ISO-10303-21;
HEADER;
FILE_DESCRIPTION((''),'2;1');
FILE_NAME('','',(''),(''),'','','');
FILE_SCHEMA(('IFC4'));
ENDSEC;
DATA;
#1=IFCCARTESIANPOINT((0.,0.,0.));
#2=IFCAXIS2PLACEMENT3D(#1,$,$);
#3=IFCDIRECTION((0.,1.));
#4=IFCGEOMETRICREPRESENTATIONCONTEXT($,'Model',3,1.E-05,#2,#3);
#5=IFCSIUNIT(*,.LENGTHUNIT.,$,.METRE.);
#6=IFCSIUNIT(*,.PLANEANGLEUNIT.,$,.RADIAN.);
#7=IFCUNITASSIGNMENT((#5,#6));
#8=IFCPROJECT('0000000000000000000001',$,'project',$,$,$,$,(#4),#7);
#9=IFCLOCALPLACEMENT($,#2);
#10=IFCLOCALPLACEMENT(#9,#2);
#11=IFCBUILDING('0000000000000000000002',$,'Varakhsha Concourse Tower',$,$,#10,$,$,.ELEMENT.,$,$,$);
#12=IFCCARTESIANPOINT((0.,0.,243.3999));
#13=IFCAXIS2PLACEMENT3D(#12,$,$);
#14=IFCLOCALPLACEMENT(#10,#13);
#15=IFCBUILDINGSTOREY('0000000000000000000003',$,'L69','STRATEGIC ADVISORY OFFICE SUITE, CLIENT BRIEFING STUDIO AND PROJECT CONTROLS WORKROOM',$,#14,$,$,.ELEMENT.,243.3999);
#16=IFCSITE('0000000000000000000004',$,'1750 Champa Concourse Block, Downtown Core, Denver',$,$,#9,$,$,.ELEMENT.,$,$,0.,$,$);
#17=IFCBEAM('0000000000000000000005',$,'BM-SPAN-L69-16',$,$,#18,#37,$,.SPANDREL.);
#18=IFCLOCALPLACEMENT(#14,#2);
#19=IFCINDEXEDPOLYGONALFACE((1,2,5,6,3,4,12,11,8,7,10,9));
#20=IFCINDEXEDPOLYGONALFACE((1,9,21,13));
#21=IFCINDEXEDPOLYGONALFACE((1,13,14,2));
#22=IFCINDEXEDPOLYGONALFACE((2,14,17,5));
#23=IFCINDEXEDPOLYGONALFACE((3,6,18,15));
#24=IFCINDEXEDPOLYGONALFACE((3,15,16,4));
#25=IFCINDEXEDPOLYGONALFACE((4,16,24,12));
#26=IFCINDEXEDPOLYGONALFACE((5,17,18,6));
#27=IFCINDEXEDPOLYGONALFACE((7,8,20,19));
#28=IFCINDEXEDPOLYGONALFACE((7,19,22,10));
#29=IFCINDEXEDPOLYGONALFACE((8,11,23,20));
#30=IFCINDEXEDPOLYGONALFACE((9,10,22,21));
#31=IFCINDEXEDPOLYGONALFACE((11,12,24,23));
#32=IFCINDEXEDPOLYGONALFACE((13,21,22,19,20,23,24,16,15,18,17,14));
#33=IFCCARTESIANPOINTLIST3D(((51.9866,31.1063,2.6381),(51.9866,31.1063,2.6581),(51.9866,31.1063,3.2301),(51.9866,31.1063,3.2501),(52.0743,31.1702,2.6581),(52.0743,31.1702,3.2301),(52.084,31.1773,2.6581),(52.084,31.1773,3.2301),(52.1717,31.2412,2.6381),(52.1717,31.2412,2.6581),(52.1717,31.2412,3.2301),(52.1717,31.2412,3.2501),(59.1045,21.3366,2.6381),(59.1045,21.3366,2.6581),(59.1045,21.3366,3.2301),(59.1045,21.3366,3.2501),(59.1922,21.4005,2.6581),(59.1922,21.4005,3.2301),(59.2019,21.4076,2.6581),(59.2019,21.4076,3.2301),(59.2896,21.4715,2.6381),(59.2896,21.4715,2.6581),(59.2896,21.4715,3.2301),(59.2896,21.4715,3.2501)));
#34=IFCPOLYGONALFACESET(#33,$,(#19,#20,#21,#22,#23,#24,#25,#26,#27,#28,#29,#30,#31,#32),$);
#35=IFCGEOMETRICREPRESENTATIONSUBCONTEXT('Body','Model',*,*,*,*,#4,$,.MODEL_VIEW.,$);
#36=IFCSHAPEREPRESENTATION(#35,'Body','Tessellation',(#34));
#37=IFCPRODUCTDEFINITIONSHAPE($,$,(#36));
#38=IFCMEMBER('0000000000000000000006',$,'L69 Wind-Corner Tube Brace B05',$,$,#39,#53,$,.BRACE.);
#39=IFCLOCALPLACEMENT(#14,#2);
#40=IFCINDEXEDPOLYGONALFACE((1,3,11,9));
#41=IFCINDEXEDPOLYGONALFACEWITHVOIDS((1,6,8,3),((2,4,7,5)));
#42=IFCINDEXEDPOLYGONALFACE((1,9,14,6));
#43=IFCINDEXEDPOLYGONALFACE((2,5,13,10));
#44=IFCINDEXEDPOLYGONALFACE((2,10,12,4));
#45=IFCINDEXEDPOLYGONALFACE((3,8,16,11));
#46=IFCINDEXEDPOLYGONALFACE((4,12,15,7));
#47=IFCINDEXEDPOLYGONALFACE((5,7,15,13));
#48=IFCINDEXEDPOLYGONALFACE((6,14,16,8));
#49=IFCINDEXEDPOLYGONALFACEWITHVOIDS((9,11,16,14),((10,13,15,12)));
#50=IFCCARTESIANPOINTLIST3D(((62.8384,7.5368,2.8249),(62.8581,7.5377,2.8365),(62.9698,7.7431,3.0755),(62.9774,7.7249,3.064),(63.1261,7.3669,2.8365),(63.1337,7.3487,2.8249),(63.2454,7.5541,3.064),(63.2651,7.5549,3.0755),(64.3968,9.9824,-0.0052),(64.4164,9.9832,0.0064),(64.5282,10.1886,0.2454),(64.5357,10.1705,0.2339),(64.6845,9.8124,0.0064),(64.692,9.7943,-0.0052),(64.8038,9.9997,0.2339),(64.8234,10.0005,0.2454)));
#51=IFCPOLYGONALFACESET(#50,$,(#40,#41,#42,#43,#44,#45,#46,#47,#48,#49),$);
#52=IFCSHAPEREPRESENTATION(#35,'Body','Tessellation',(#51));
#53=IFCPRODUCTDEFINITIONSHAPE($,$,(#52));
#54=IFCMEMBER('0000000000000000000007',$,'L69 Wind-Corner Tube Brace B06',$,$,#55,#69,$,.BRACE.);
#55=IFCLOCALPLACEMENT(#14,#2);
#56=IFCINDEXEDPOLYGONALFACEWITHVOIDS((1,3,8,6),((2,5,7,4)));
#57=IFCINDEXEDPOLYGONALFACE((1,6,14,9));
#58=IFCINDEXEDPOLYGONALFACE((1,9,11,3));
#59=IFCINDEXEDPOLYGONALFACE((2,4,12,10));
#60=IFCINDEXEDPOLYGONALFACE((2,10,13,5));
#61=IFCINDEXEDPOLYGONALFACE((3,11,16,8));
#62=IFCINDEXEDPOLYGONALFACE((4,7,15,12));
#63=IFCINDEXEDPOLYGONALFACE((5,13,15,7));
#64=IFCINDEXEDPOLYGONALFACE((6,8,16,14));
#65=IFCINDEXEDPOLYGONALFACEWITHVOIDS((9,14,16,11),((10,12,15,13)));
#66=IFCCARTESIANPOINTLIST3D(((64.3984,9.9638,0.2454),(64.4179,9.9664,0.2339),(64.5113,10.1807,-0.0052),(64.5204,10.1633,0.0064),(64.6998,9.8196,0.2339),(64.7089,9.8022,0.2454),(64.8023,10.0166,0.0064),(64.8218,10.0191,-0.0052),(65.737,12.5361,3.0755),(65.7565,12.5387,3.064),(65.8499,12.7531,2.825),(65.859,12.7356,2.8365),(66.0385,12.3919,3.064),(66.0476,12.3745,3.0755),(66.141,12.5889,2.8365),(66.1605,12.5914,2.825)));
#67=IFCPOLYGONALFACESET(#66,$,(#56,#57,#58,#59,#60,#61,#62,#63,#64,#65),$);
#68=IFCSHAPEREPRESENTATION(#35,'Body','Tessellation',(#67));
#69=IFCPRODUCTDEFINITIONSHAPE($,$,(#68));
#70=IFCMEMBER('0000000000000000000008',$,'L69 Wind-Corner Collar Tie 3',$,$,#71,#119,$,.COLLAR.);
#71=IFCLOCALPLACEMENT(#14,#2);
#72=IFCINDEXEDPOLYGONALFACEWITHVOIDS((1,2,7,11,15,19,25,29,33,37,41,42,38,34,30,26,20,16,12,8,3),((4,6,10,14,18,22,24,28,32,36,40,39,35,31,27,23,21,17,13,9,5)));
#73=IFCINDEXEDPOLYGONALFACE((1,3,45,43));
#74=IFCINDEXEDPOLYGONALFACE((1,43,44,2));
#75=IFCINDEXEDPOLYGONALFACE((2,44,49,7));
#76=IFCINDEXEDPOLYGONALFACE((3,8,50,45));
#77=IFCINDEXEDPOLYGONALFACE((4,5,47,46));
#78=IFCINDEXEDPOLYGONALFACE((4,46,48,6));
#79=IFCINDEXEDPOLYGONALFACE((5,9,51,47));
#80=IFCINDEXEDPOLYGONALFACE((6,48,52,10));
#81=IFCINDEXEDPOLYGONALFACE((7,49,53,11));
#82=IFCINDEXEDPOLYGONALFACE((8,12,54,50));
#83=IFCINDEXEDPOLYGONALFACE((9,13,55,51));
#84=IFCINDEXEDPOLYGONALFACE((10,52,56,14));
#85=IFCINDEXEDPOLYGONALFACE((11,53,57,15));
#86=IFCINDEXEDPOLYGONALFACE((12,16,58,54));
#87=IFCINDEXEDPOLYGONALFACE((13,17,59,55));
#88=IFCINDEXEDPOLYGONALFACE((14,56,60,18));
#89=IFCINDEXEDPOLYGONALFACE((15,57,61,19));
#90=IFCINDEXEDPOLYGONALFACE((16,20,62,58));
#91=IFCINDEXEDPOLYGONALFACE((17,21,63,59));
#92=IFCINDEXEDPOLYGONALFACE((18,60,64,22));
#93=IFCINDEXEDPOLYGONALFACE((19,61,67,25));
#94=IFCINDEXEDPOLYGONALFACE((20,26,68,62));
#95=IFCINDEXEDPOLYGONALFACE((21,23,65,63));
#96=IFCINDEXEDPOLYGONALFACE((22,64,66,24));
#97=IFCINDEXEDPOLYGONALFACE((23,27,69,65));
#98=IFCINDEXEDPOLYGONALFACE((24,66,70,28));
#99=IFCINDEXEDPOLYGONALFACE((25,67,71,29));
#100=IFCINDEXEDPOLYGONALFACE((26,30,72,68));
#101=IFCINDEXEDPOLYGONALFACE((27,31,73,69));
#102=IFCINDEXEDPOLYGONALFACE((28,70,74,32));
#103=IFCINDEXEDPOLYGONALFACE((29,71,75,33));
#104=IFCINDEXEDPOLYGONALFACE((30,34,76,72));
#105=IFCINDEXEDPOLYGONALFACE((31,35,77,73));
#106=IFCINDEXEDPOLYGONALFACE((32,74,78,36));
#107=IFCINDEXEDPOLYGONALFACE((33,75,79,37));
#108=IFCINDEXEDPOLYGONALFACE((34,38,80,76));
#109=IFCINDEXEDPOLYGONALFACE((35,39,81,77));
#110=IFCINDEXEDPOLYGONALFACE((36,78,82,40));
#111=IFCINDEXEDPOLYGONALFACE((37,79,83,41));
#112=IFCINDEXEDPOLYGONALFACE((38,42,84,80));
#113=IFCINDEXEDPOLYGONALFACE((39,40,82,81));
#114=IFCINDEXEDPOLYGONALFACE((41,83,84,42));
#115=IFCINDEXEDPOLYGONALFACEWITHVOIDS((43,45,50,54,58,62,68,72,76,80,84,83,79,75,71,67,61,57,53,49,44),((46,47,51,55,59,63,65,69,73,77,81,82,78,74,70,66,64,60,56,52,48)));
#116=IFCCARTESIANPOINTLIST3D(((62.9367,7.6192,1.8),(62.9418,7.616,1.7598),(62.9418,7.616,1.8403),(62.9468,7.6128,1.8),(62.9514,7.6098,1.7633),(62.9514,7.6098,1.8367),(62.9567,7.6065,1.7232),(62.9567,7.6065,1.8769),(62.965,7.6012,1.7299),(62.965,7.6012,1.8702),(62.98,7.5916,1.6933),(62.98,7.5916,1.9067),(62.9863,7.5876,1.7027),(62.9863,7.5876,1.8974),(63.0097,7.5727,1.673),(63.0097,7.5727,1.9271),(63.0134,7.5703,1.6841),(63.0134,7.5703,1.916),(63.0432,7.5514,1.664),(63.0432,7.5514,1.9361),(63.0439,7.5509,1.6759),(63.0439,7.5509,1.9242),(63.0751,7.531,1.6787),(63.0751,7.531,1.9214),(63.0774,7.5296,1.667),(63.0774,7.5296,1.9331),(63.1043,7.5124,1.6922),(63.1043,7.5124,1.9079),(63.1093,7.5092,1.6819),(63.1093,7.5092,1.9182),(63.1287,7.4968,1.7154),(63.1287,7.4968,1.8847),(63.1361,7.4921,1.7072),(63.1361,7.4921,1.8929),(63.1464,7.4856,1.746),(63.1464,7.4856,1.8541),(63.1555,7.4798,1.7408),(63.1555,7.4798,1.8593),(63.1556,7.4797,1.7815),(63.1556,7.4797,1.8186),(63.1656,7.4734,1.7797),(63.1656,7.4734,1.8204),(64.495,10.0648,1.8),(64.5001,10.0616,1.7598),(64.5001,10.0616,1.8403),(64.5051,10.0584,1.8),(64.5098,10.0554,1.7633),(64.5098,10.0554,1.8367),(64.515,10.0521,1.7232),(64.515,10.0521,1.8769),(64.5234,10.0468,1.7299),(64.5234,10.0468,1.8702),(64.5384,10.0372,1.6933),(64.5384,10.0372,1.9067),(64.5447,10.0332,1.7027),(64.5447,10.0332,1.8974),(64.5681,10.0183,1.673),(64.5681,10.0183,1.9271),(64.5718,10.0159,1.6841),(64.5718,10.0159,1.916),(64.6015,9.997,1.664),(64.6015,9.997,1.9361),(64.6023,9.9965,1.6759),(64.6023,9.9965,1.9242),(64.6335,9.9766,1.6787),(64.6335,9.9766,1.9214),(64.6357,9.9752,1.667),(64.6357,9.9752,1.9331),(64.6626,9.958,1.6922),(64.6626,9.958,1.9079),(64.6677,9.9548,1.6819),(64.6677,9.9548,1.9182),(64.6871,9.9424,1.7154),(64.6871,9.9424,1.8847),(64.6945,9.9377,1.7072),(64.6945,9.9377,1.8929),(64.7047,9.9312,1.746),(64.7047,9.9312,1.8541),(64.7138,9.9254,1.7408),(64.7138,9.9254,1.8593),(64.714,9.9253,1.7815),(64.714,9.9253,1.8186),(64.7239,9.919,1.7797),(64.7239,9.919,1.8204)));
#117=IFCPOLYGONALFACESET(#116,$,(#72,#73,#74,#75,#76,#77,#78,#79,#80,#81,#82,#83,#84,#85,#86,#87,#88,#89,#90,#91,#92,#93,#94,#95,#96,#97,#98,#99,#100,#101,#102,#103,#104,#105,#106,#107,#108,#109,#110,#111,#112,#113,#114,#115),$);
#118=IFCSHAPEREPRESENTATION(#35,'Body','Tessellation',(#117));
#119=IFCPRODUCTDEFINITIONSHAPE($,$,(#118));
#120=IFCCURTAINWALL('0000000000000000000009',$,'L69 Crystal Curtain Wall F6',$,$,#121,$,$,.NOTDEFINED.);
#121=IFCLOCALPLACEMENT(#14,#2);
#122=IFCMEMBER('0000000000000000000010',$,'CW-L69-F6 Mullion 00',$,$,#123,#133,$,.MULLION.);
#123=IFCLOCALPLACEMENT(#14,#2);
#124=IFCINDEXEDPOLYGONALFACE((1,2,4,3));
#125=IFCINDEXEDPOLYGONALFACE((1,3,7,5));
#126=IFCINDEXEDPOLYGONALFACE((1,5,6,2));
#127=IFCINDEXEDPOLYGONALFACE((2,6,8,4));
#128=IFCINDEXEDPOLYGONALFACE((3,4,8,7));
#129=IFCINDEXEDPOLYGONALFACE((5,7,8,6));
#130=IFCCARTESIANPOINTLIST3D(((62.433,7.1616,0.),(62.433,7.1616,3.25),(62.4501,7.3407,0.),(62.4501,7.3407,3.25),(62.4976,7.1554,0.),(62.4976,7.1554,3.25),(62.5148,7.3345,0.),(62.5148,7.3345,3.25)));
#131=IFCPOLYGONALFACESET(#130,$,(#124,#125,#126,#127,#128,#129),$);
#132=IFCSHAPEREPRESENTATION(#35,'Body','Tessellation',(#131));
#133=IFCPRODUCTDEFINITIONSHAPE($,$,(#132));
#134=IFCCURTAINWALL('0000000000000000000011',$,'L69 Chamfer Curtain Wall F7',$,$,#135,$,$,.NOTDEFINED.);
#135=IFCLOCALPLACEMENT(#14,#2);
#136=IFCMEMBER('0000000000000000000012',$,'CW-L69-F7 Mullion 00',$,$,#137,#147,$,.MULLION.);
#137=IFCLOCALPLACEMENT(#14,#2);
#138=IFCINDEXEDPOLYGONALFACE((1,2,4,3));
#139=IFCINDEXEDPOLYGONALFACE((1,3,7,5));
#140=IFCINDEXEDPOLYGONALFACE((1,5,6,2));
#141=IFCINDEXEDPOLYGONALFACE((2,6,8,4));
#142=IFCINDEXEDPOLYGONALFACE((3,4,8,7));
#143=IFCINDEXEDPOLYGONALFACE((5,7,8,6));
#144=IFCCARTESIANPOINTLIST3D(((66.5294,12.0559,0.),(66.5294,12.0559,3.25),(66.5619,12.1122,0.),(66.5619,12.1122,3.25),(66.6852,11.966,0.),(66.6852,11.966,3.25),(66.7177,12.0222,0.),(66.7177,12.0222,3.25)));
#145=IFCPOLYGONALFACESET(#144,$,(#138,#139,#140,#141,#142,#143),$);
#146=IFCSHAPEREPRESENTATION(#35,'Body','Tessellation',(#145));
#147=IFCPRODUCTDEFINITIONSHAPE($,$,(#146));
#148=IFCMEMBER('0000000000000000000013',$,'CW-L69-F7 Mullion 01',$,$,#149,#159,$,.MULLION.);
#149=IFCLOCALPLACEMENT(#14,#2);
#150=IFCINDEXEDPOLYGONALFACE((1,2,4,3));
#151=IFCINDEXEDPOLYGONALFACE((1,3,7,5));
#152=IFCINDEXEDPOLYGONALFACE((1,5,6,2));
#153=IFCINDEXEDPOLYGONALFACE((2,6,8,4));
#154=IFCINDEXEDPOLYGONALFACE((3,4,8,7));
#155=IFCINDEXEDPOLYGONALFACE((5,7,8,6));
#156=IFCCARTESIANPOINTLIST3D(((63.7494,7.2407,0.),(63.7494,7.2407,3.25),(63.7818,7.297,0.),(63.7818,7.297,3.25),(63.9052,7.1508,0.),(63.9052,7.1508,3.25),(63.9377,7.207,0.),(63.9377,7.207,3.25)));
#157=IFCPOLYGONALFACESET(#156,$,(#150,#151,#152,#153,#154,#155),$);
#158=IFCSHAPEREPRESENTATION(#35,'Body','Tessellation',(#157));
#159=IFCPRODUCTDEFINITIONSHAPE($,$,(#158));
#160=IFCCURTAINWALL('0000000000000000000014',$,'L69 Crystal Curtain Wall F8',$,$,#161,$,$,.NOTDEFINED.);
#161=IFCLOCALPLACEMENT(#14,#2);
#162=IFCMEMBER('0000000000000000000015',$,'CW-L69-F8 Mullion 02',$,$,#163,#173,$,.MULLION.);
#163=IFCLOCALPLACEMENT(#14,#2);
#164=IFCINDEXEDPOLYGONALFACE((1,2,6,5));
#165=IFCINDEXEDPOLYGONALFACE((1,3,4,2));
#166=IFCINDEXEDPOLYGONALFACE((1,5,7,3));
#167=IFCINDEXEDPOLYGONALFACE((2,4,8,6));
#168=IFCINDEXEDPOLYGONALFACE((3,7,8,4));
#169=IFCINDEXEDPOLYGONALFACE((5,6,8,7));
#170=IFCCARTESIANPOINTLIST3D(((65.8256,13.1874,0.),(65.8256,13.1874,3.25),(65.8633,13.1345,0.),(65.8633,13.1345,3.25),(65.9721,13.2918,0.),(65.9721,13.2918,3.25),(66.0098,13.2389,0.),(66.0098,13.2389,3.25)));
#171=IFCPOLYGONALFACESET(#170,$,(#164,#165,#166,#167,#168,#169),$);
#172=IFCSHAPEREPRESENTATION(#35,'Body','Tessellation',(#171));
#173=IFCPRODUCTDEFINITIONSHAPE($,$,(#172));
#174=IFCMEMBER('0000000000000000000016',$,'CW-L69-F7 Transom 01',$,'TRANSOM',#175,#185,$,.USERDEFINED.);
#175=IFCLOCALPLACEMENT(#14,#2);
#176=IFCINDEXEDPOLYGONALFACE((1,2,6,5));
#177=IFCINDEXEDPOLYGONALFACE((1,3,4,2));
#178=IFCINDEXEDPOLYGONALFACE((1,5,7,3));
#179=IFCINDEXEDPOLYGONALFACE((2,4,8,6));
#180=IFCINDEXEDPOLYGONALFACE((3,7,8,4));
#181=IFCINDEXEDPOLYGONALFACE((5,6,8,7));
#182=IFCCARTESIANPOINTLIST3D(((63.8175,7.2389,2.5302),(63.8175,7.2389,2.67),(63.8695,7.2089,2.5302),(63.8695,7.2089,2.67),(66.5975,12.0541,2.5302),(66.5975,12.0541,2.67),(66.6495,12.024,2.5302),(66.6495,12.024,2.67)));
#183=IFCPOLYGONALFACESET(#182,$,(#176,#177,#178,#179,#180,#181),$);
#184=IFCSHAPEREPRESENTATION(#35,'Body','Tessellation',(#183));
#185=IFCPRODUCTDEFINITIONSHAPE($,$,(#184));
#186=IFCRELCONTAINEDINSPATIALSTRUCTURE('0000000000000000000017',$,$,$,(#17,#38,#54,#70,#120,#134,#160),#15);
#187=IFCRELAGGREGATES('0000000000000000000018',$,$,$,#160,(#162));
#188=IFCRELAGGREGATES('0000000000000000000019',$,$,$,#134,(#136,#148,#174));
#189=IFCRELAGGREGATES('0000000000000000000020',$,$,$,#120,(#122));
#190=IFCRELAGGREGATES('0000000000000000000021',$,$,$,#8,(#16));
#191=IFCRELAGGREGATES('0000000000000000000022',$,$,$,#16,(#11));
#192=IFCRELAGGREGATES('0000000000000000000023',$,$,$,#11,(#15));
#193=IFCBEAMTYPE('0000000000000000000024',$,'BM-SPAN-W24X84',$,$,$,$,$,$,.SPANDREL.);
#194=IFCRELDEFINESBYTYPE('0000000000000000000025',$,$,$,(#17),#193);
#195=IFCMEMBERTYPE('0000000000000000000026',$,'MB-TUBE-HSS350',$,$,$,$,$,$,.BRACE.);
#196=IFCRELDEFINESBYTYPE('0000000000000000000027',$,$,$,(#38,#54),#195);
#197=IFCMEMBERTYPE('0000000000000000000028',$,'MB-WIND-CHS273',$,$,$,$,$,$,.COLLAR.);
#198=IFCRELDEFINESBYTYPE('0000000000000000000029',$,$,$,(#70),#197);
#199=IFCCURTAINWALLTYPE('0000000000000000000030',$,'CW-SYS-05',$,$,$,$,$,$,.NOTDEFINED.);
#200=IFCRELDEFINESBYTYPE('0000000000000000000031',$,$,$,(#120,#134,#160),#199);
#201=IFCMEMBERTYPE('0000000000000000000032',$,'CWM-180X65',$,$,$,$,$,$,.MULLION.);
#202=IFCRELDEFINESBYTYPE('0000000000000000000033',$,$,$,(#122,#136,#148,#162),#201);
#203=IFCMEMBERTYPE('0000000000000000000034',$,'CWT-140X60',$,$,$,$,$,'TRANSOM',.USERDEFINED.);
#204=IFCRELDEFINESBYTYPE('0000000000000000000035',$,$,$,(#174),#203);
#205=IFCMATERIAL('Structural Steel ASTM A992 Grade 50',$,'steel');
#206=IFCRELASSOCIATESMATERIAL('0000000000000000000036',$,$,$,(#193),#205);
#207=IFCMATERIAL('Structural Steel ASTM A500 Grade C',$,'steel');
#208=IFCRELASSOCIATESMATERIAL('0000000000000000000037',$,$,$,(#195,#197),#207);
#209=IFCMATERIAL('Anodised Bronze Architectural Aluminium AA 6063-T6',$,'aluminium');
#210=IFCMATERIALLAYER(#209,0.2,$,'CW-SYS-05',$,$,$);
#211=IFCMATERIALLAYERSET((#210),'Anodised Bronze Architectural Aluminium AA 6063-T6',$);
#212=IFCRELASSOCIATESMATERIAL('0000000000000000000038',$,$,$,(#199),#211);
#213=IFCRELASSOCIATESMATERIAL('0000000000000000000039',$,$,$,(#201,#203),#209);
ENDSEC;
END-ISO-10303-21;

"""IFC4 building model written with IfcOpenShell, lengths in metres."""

from ifc_helpers import new_model, si_unit, direction, frame, origin, origin_2d, place, context, subcontext, project, spatial, rectangle, hollow_rectangle, hollow_circle, i_section, extrude, source, transform, mapped, material, layer, layer_set, material_profile, profile_set, type_object, type_shapes, element, aggregate, save


model = new_model("IFC4")

# Units and contexts
model_context = context("Model", 3, precision=1e-05, world=origin(), true_north=direction((0.0, 1.0)))
body_context = subcontext(model_context, "Body", "Model", "MODEL_VIEW")
ifc_project = project(units=[si_unit("LENGTHUNIT", "METRE"), si_unit("PLANEANGLEUNIT", "RADIAN")], contexts=[model_context])

# Site, building, storey
site_placement = place(None, origin())
site = spatial("IfcSite", under=ifc_project, at=site_placement, Name="1750 Champa Concourse Block, Downtown Core, Denver", CompositionType="ELEMENT", RefElevation=0.0)
building_placement = place(site_placement, origin())
building = spatial("IfcBuilding", under=site, at=building_placement, Name="Varakhsha Concourse Tower", CompositionType="ELEMENT")
storey_placement = place(building_placement, frame((0.0, 0.0, 243.3999)))
storey = spatial("IfcBuildingStorey", under=building, at=storey_placement, Name="L69", Description="STRATEGIC ADVISORY OFFICE SUITE, CLIENT BRIEFING STUDIO AND PROJECT CONTROLS WORKROOM", CompositionType="ELEMENT", Elevation=243.3999)

# Beam
ifc_material_1 = material(Name="Structural Steel ASTM A992 Grade 50", Category="steel")
ifc_material_profile_1 = material_profile(ifc_material_1, i_section(OverallWidth=0.229, OverallDepth=0.6121, WebThickness=0.012, FlangeThickness=0.02, at=origin_2d()), Name="W24X84")
ifc_profile_set_1 = profile_set([ifc_material_profile_1], Name="Structural Steel ASTM A992 Grade 50")
beam_type_1 = type_object("IfcBeamType", Name="BM-SPAN-W24X84", PredefinedType="SPANDREL", material=ifc_profile_set_1)
beam_1_placement = place(storey_placement, frame((59.197, 21.4041, 2.9441), z_axis=(-0.588855, 0.808239, 0.0), x_axis=(-0.808239, -0.588855, 0.0)))
element("IfcBeam", 1, at=beam_1_placement, inside=storey, type_object=beam_type_1, Name="BM-SPAN-L69-16", PredefinedType="SPANDREL", context=body_context, shape_type="SweptSolid", body=[
    extrude(i_section(OverallWidth=0.229, OverallDepth=0.6121, WebThickness=0.012, FlangeThickness=0.02, at=origin_2d()), origin(), (0.0, 0.0, 1.0), 12.0876),
])

# Members
ifc_material_2 = material(Name="Structural Steel ASTM A500 Grade C", Category="steel")
ifc_material_profile_2 = material_profile(ifc_material_2, hollow_rectangle(XDim=0.3501, YDim=0.3501, WallThickness=0.0161, at=origin_2d()), Name="HSS 350x350x16")
ifc_profile_set_2 = profile_set([ifc_material_profile_2], Name="Structural Steel ASTM A500 Grade C")
member_type_1 = type_object("IfcMemberType", Name="MB-TUBE-HSS350", PredefinedType="BRACE", material=ifc_profile_set_2)
shared_shape_1 = source(origin(), body_context, "Body", "SweptSolid", [
    extrude(hollow_rectangle(XDim=0.3501, YDim=0.3501, WallThickness=0.0161, at=origin_2d()), origin(), (0.0, 0.0, 1.0), 4.052),
])
type_shapes(member_type_1, [shared_shape_1])
for number, where, z_axis, x_axis, name in (
    (2, (64.6101, 9.9915, 0.1201), (-0.38459, -0.603546, 0.698443), (0.843335, -0.537387, 0.0), "L69 Wind-Corner Tube Brace B05"),
    (3, (64.6101, 9.9915, 0.1201), (0.33037, 0.634831, 0.698459), (-0.887069, 0.461636, 0.0), "L69 Wind-Corner Tube Brace B06"),
):
    element("IfcMember", number, at=place(storey_placement, frame(where, z_axis=z_axis, x_axis=x_axis)), inside=storey, type_object=member_type_1, Name=name, PredefinedType="BRACE", context=body_context, shape_type="MappedRepresentation", body=[
        mapped(shared_shape_1, transform((0.0, 0.0, 0.0), scale=1.0)),
    ])
ifc_material_profile_3 = material_profile(ifc_material_2, hollow_circle(Radius=0.1365, WallThickness=0.012, at=origin_2d()), Name="CHS 273x12")
ifc_profile_set_3 = profile_set([ifc_material_profile_3], Name="Structural Steel ASTM A500 Grade C")
member_type_2 = type_object("IfcMemberType", Name="MB-WIND-CHS273", PredefinedType="COLLAR", material=ifc_profile_set_3)
shared_shape_2 = source(origin(), body_context, "Body", "SweptSolid", [
    extrude(hollow_circle(Radius=0.1365, WallThickness=0.012, at=origin_2d()), origin(), (0.0, 0.0, 1.0), 2.8999),
])
type_shapes(member_type_2, [shared_shape_2])
member_1_placement = place(storey_placement, frame((63.0518, 7.5459, 1.8), z_axis=(0.537387, 0.843335, 0.0), x_axis=(-0.843335, 0.537387, 0.0)))
element("IfcMember", 4, at=member_1_placement, inside=storey, type_object=member_type_2, Name="L69 Wind-Corner Collar Tie 3", PredefinedType="COLLAR", context=body_context, shape_type="MappedRepresentation", body=[
    mapped(shared_shape_2, transform((0.0, 0.0, 0.0), scale=1.0)),
])

# Curtain wall, member
ifc_material_3 = material(Name="Anodised Bronze Architectural Aluminium AA 6063-T6", Category="aluminium")
ifc_layer_1 = layer(ifc_material_3, 0.2, Name="CW-SYS-05")
ifc_layer_set_1 = layer_set([ifc_layer_1], Name="Anodised Bronze Architectural Aluminium AA 6063-T6")
curtain_wall_type = type_object("IfcCurtainWallType", Name="CW-SYS-05", PredefinedType="NOTDEFINED", material=ifc_layer_set_1)
curtain_wall_1_placement = place(storey_placement, origin())
curtain_wall_1 = element("IfcCurtainWall", 5, at=curtain_wall_1_placement, inside=storey, type_object=curtain_wall_type, Name="L69 Crystal Curtain Wall F6", PredefinedType="NOTDEFINED")
ifc_material_profile_4 = material_profile(ifc_material_3, rectangle(XDim=0.0649, YDim=0.1799, at=origin_2d()), Name="CWM-180X65")
ifc_profile_set_4 = profile_set([ifc_material_profile_4], Name="Anodised Bronze Architectural Aluminium AA 6063-T6")
member_type_3 = type_object("IfcMemberType", Name="CWM-180X65", PredefinedType="MULLION", material=ifc_profile_set_4)
shared_shape_3 = source(origin(), body_context, "Body", "SweptSolid", [
    extrude(rectangle(XDim=0.0649, YDim=0.1799, at=origin_2d()), origin(), (0.0, 0.0, 1.0), 3.25),
])
type_shapes(member_type_3, [shared_shape_3])
member_2_placement = place(storey_placement, frame((62.4739, 7.248, 0.0), z_axis=(0.0, 0.0, 1.0), x_axis=(-0.995443, 0.095363, 0.0)))
member_2 = element("IfcMember", 6, at=member_2_placement, type_object=member_type_3, Name="CW-L69-F6 Mullion 00", PredefinedType="MULLION", context=body_context, shape_type="MappedRepresentation", body=[
    mapped(shared_shape_3, transform((0.0, 0.0, 0.0), scale=1.0)),
])

# Curtain wall, members
curtain_wall_2_placement = place(storey_placement, origin())
curtain_wall_2 = element("IfcCurtainWall", 7, at=curtain_wall_2_placement, inside=storey, type_object=curtain_wall_type, Name="L69 Chamfer Curtain Wall F7", PredefinedType="NOTDEFINED")
member_3_placement = place(storey_placement, frame((66.6235, 12.0391, 0.0), z_axis=(0.0, 0.0, 1.0), x_axis=(-0.499992, -0.86603, 0.0)))
member_3 = element("IfcMember", 8, at=member_3_placement, type_object=member_type_3, Name="CW-L69-F7 Mullion 00", PredefinedType="MULLION", context=body_context, shape_type="MappedRepresentation", body=[
    mapped(shared_shape_3, transform((0.0, 0.0, 0.0), scale=1.0)),
])
member_4_placement = place(storey_placement, frame((63.8435, 7.2239, 0.0), z_axis=(0.0, 0.0, 1.0), x_axis=(-0.499992, -0.86603, 0.0)))
member_4 = element("IfcMember", 9, at=member_4_placement, type_object=member_type_3, Name="CW-L69-F7 Mullion 01", PredefinedType="MULLION", context=body_context, shape_type="MappedRepresentation", body=[
    mapped(shared_shape_3, transform((0.0, 0.0, 0.0), scale=1.0)),
])

# Curtain wall, member
curtain_wall_3_placement = place(storey_placement, origin())
curtain_wall_3 = element("IfcCurtainWall", 10, at=curtain_wall_3_placement, inside=storey, type_object=curtain_wall_type, Name="L69 Crystal Curtain Wall F8", PredefinedType="NOTDEFINED")
member_5_placement = place(storey_placement, frame((65.9177, 13.2131, 0.0), z_axis=(0.0, 0.0, 1.0), x_axis=(0.580306, -0.814398, 0.0)))
member_5 = element("IfcMember", 11, at=member_5_placement, type_object=member_type_3, Name="CW-L69-F8 Mullion 02", PredefinedType="MULLION", context=body_context, shape_type="MappedRepresentation", body=[
    mapped(shared_shape_3, transform((0.0, 0.0, 0.0), scale=1.0)),
])

# Member
ifc_material_profile_5 = material_profile(ifc_material_3, rectangle(XDim=0.0601, YDim=0.1399, at=origin_2d()), Name="CWT-140X60")
ifc_profile_set_5 = profile_set([ifc_material_profile_5], Name="Anodised Bronze Architectural Aluminium AA 6063-T6")
member_type_4 = type_object("IfcMemberType", Name="CWT-140X60", ElementType="TRANSOM", PredefinedType="USERDEFINED", material=ifc_profile_set_5)
shared_shape_4 = source(origin(), body_context, "Body", "SweptSolid", [
    extrude(rectangle(XDim=0.0601, YDim=0.1399, at=origin_2d()), origin(), (0.0, 0.0, 1.0), 5.5601),
])
member_6_placement = place(storey_placement, frame((66.6235, 12.0391, 2.6001), z_axis=(-0.499997, -0.866027, 0.0), x_axis=(0.866027, -0.499997, 0.0)))
member_6 = element("IfcMember", 12, at=member_6_placement, type_object=member_type_4, Name="CW-L69-F7 Transom 01", ObjectType="TRANSOM", PredefinedType="USERDEFINED", context=body_context, shape_type="MappedRepresentation", body=[
    mapped(shared_shape_4, transform((0.0, 0.0, 0.0), scale=1.0)),
])

aggregate(curtain_wall_3, [member_5])
aggregate(curtain_wall_2, [member_3, member_4, member_6])
aggregate(curtain_wall_1, [member_2])

save(model, "model.ifc")
